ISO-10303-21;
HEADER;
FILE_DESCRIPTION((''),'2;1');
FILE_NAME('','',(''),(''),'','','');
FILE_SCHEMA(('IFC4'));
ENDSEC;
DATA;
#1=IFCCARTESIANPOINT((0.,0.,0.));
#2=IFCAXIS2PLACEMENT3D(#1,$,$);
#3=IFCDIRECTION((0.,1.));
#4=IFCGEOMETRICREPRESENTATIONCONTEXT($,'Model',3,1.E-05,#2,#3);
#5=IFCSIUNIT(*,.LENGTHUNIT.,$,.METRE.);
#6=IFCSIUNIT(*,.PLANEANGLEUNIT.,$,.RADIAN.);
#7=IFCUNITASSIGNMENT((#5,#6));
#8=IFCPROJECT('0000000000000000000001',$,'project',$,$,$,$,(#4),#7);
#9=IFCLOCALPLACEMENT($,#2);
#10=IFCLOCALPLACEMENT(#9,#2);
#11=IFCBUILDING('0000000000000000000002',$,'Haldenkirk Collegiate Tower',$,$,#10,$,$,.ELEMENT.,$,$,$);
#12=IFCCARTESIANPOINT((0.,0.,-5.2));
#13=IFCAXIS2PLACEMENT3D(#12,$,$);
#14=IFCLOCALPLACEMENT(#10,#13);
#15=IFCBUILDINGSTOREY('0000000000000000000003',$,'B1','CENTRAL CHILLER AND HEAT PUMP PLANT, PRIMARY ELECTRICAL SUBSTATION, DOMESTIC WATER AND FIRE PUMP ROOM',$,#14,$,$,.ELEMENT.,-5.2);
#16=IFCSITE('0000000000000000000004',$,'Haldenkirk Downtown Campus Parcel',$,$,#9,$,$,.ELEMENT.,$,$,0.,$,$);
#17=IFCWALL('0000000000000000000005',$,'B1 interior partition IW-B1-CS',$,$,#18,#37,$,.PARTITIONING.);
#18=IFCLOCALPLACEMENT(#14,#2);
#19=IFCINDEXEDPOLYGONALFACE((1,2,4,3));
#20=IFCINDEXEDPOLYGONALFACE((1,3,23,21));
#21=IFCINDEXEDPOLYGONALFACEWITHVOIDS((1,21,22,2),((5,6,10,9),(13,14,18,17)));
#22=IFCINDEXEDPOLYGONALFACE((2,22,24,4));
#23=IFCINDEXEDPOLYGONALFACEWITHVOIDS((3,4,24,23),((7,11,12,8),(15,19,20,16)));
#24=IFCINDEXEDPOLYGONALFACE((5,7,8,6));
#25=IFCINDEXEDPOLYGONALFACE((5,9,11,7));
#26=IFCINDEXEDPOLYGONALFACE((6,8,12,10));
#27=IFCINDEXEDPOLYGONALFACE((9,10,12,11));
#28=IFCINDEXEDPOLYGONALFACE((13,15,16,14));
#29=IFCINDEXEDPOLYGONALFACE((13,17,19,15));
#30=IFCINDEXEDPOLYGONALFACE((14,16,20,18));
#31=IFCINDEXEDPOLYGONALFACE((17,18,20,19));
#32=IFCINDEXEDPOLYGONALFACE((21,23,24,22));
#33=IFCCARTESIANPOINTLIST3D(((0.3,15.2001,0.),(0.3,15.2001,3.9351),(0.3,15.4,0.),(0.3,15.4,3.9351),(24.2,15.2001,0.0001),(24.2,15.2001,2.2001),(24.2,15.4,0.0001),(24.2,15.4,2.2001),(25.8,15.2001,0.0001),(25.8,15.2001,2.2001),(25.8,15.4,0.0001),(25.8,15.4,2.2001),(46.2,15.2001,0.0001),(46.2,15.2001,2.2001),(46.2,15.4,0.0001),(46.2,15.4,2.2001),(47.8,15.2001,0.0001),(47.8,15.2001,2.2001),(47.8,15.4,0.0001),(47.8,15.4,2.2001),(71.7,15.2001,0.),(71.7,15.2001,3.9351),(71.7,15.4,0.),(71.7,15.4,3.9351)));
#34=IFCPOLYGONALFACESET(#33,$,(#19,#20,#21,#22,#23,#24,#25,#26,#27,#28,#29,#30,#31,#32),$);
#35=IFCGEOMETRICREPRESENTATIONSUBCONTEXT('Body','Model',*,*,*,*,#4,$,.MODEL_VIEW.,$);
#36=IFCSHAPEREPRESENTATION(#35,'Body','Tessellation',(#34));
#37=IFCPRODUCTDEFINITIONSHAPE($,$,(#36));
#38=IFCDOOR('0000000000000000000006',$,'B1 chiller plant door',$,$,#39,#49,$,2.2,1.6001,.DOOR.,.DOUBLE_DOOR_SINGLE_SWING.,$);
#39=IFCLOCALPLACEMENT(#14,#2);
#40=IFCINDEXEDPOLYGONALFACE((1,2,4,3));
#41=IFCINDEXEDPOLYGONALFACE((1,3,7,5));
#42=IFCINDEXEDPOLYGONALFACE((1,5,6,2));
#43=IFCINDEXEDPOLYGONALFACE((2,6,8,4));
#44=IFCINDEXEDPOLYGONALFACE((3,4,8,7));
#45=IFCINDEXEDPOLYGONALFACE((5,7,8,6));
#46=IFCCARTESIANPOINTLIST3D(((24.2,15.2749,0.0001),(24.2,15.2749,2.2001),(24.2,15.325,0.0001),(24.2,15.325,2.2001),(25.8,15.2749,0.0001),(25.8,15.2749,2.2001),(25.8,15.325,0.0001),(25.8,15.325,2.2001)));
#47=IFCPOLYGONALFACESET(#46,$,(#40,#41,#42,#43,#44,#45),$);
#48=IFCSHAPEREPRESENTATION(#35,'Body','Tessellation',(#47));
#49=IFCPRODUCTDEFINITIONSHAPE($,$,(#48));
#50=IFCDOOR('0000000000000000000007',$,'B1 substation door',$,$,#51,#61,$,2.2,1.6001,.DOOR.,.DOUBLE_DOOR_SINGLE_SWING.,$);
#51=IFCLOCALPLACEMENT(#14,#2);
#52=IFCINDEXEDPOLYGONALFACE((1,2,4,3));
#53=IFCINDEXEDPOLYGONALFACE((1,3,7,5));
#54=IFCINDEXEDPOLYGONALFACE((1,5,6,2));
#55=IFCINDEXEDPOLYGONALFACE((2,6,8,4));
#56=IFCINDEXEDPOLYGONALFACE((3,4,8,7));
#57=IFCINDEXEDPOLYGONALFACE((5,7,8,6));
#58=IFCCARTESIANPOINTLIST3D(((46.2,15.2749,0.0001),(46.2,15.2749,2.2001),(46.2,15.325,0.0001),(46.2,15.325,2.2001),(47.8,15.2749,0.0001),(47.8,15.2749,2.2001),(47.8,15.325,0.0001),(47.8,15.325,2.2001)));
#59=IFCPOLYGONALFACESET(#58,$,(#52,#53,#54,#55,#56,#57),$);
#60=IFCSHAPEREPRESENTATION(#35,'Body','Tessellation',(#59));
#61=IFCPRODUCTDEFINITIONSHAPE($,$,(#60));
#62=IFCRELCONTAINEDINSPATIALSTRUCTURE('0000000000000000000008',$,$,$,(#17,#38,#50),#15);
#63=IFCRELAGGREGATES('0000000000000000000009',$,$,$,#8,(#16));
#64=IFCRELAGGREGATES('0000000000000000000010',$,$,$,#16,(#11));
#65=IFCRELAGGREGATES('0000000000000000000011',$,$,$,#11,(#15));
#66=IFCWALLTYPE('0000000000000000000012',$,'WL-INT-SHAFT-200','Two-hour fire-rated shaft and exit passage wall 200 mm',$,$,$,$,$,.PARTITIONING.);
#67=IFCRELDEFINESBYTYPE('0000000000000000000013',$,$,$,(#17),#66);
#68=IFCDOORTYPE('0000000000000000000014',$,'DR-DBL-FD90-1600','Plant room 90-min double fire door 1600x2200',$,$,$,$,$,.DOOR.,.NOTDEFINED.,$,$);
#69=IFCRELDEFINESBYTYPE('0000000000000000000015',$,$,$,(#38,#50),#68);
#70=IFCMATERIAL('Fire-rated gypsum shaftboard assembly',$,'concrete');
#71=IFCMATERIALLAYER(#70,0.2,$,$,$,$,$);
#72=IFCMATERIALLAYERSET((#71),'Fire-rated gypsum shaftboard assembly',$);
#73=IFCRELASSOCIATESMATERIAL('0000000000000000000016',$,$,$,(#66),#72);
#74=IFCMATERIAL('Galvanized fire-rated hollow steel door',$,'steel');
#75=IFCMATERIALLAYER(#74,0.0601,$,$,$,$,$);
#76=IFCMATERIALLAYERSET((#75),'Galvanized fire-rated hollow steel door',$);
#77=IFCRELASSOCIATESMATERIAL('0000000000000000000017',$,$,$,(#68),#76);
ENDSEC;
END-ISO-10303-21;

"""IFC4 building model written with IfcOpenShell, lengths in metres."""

from ifc_helpers import new_model, si_unit, direction, frame, frame_2d, origin, place, context, subcontext, project, spatial, rectangle, extrude, material, layer, layer_set, type_object, element, fill, save


model = new_model("IFC4")

# Units and contexts
model_context = context("Model", 3, precision=1e-05, world=origin(), true_north=direction((0.0, 1.0)))
body_context = subcontext(model_context, "Body", "Model", "MODEL_VIEW")
ifc_project = project(units=[si_unit("LENGTHUNIT", "METRE"), si_unit("PLANEANGLEUNIT", "RADIAN")], contexts=[model_context])

# Site, building, storey
site_placement = place(None, origin())
site = spatial("IfcSite", under=ifc_project, at=site_placement, Name="Haldenkirk Downtown Campus Parcel", CompositionType="ELEMENT", RefElevation=0.0)
building_placement = place(site_placement, origin())
building = spatial("IfcBuilding", under=site, at=building_placement, Name="Haldenkirk Collegiate Tower", CompositionType="ELEMENT")
storey_placement = place(building_placement, frame((0.0, 0.0, -5.2)))
storey = spatial("IfcBuildingStorey", under=building, at=storey_placement, Name="B1", Description="CENTRAL CHILLER AND HEAT PUMP PLANT, PRIMARY ELECTRICAL SUBSTATION, DOMESTIC WATER AND FIRE PUMP ROOM", CompositionType="ELEMENT", Elevation=-5.2)

# Wall, openings, doors
ifc_material_1 = material(Name="Fire-rated gypsum shaftboard assembly", Category="concrete")
ifc_layer_1 = layer(ifc_material_1, 0.2)
ifc_layer_set_1 = layer_set([ifc_layer_1], Name="Fire-rated gypsum shaftboard assembly")
wall_type_1 = type_object("IfcWallType", Name="WL-INT-SHAFT-200", Description="Two-hour fire-rated shaft and exit passage wall 200 mm", PredefinedType="PARTITIONING", material=ifc_layer_set_1)
wall_1_placement = place(storey_placement, frame((0.3, 15.3, 0.0), z_axis=(0.0, 0.0, 1.0), x_axis=(1.0, 0.0, 0.0)))
wall_1 = element("IfcWall", 1, at=wall_1_placement, inside=storey, type_object=wall_type_1, Name="B1 interior partition IW-B1-CS", PredefinedType="PARTITIONING", context=body_context, shape_type="SweptSolid", body=[
    extrude(rectangle(XDim=71.3999, YDim=0.2, at=frame_2d((35.7, 0.0))), origin(), (0.0, 0.0, 1.0), 3.9351),
])
opening_1_placement = place(wall_1_placement, frame((23.8999, 0.0, 0.0)))
opening_1 = element("IfcOpeningElement", 2, at=opening_1_placement, cuts=wall_1, PredefinedType="OPENING", context=body_context, shape_type="SweptSolid", body=[
    extrude(rectangle(XDim=1.6001, YDim=2.2, at=frame_2d((0.8, 1.1001))), frame((0.0, 0.1099, 0.0), z_axis=(0.0, -1.0, 0.0), x_axis=(1.0, 0.0, 0.0)), (0.0, 0.0, 1.0), 0.22),
])
opening_2_placement = place(wall_1_placement, frame((45.8999, 0.0, 0.0)))
opening_2 = element("IfcOpeningElement", 3, at=opening_2_placement, cuts=wall_1, PredefinedType="OPENING", context=body_context, shape_type="SweptSolid", body=[
    extrude(rectangle(XDim=1.6001, YDim=2.2, at=frame_2d((0.8, 1.1001))), frame((0.0, 0.1099, 0.0), z_axis=(0.0, -1.0, 0.0), x_axis=(1.0, 0.0, 0.0)), (0.0, 0.0, 1.0), 0.22),
])
ifc_material_2 = material(Name="Galvanized fire-rated hollow steel door", Category="steel")
ifc_layer_2 = layer(ifc_material_2, 0.0601)
ifc_layer_set_2 = layer_set([ifc_layer_2], Name="Galvanized fire-rated hollow steel door")
door_type = type_object("IfcDoorType", Name="DR-DBL-FD90-1600", Description="Plant room 90-min double fire door 1600x2200", OperationType="NOTDEFINED", PredefinedType="DOOR", material=ifc_layer_set_2)
door_1_placement = place(opening_1_placement, origin())
door_1 = element("IfcDoor", 4, at=door_1_placement, inside=storey, type_object=door_type, Name="B1 chiller plant door", OperationType="DOUBLE_DOOR_SINGLE_SWING", OverallHeight=2.2, OverallWidth=1.6001, PredefinedType="DOOR", context=body_context, shape_type="SweptSolid", body=[
    extrude(rectangle(XDim=1.6001, YDim=2.2, at=frame_2d((0.8, 1.1001))), frame((0.0, 0.0249, 0.0), z_axis=(0.0, -1.0, 0.0), x_axis=(1.0, 0.0, 0.0)), (0.0, 0.0, 1.0), 0.05),
])
fill(opening_1, door_1)
door_2_placement = place(opening_2_placement, origin())
door_2 = element("IfcDoor", 5, at=door_2_placement, inside=storey, type_object=door_type, Name="B1 substation door", OperationType="DOUBLE_DOOR_SINGLE_SWING", OverallHeight=2.2, OverallWidth=1.6001, PredefinedType="DOOR", context=body_context, shape_type="SweptSolid", body=[
    extrude(rectangle(XDim=1.6001, YDim=2.2, at=frame_2d((0.8, 1.1001))), frame((0.0, 0.0249, 0.0), z_axis=(0.0, -1.0, 0.0), x_axis=(1.0, 0.0, 0.0)), (0.0, 0.0, 1.0), 0.05),
])
fill(opening_2, door_2)

save(model, "model.ifc")
